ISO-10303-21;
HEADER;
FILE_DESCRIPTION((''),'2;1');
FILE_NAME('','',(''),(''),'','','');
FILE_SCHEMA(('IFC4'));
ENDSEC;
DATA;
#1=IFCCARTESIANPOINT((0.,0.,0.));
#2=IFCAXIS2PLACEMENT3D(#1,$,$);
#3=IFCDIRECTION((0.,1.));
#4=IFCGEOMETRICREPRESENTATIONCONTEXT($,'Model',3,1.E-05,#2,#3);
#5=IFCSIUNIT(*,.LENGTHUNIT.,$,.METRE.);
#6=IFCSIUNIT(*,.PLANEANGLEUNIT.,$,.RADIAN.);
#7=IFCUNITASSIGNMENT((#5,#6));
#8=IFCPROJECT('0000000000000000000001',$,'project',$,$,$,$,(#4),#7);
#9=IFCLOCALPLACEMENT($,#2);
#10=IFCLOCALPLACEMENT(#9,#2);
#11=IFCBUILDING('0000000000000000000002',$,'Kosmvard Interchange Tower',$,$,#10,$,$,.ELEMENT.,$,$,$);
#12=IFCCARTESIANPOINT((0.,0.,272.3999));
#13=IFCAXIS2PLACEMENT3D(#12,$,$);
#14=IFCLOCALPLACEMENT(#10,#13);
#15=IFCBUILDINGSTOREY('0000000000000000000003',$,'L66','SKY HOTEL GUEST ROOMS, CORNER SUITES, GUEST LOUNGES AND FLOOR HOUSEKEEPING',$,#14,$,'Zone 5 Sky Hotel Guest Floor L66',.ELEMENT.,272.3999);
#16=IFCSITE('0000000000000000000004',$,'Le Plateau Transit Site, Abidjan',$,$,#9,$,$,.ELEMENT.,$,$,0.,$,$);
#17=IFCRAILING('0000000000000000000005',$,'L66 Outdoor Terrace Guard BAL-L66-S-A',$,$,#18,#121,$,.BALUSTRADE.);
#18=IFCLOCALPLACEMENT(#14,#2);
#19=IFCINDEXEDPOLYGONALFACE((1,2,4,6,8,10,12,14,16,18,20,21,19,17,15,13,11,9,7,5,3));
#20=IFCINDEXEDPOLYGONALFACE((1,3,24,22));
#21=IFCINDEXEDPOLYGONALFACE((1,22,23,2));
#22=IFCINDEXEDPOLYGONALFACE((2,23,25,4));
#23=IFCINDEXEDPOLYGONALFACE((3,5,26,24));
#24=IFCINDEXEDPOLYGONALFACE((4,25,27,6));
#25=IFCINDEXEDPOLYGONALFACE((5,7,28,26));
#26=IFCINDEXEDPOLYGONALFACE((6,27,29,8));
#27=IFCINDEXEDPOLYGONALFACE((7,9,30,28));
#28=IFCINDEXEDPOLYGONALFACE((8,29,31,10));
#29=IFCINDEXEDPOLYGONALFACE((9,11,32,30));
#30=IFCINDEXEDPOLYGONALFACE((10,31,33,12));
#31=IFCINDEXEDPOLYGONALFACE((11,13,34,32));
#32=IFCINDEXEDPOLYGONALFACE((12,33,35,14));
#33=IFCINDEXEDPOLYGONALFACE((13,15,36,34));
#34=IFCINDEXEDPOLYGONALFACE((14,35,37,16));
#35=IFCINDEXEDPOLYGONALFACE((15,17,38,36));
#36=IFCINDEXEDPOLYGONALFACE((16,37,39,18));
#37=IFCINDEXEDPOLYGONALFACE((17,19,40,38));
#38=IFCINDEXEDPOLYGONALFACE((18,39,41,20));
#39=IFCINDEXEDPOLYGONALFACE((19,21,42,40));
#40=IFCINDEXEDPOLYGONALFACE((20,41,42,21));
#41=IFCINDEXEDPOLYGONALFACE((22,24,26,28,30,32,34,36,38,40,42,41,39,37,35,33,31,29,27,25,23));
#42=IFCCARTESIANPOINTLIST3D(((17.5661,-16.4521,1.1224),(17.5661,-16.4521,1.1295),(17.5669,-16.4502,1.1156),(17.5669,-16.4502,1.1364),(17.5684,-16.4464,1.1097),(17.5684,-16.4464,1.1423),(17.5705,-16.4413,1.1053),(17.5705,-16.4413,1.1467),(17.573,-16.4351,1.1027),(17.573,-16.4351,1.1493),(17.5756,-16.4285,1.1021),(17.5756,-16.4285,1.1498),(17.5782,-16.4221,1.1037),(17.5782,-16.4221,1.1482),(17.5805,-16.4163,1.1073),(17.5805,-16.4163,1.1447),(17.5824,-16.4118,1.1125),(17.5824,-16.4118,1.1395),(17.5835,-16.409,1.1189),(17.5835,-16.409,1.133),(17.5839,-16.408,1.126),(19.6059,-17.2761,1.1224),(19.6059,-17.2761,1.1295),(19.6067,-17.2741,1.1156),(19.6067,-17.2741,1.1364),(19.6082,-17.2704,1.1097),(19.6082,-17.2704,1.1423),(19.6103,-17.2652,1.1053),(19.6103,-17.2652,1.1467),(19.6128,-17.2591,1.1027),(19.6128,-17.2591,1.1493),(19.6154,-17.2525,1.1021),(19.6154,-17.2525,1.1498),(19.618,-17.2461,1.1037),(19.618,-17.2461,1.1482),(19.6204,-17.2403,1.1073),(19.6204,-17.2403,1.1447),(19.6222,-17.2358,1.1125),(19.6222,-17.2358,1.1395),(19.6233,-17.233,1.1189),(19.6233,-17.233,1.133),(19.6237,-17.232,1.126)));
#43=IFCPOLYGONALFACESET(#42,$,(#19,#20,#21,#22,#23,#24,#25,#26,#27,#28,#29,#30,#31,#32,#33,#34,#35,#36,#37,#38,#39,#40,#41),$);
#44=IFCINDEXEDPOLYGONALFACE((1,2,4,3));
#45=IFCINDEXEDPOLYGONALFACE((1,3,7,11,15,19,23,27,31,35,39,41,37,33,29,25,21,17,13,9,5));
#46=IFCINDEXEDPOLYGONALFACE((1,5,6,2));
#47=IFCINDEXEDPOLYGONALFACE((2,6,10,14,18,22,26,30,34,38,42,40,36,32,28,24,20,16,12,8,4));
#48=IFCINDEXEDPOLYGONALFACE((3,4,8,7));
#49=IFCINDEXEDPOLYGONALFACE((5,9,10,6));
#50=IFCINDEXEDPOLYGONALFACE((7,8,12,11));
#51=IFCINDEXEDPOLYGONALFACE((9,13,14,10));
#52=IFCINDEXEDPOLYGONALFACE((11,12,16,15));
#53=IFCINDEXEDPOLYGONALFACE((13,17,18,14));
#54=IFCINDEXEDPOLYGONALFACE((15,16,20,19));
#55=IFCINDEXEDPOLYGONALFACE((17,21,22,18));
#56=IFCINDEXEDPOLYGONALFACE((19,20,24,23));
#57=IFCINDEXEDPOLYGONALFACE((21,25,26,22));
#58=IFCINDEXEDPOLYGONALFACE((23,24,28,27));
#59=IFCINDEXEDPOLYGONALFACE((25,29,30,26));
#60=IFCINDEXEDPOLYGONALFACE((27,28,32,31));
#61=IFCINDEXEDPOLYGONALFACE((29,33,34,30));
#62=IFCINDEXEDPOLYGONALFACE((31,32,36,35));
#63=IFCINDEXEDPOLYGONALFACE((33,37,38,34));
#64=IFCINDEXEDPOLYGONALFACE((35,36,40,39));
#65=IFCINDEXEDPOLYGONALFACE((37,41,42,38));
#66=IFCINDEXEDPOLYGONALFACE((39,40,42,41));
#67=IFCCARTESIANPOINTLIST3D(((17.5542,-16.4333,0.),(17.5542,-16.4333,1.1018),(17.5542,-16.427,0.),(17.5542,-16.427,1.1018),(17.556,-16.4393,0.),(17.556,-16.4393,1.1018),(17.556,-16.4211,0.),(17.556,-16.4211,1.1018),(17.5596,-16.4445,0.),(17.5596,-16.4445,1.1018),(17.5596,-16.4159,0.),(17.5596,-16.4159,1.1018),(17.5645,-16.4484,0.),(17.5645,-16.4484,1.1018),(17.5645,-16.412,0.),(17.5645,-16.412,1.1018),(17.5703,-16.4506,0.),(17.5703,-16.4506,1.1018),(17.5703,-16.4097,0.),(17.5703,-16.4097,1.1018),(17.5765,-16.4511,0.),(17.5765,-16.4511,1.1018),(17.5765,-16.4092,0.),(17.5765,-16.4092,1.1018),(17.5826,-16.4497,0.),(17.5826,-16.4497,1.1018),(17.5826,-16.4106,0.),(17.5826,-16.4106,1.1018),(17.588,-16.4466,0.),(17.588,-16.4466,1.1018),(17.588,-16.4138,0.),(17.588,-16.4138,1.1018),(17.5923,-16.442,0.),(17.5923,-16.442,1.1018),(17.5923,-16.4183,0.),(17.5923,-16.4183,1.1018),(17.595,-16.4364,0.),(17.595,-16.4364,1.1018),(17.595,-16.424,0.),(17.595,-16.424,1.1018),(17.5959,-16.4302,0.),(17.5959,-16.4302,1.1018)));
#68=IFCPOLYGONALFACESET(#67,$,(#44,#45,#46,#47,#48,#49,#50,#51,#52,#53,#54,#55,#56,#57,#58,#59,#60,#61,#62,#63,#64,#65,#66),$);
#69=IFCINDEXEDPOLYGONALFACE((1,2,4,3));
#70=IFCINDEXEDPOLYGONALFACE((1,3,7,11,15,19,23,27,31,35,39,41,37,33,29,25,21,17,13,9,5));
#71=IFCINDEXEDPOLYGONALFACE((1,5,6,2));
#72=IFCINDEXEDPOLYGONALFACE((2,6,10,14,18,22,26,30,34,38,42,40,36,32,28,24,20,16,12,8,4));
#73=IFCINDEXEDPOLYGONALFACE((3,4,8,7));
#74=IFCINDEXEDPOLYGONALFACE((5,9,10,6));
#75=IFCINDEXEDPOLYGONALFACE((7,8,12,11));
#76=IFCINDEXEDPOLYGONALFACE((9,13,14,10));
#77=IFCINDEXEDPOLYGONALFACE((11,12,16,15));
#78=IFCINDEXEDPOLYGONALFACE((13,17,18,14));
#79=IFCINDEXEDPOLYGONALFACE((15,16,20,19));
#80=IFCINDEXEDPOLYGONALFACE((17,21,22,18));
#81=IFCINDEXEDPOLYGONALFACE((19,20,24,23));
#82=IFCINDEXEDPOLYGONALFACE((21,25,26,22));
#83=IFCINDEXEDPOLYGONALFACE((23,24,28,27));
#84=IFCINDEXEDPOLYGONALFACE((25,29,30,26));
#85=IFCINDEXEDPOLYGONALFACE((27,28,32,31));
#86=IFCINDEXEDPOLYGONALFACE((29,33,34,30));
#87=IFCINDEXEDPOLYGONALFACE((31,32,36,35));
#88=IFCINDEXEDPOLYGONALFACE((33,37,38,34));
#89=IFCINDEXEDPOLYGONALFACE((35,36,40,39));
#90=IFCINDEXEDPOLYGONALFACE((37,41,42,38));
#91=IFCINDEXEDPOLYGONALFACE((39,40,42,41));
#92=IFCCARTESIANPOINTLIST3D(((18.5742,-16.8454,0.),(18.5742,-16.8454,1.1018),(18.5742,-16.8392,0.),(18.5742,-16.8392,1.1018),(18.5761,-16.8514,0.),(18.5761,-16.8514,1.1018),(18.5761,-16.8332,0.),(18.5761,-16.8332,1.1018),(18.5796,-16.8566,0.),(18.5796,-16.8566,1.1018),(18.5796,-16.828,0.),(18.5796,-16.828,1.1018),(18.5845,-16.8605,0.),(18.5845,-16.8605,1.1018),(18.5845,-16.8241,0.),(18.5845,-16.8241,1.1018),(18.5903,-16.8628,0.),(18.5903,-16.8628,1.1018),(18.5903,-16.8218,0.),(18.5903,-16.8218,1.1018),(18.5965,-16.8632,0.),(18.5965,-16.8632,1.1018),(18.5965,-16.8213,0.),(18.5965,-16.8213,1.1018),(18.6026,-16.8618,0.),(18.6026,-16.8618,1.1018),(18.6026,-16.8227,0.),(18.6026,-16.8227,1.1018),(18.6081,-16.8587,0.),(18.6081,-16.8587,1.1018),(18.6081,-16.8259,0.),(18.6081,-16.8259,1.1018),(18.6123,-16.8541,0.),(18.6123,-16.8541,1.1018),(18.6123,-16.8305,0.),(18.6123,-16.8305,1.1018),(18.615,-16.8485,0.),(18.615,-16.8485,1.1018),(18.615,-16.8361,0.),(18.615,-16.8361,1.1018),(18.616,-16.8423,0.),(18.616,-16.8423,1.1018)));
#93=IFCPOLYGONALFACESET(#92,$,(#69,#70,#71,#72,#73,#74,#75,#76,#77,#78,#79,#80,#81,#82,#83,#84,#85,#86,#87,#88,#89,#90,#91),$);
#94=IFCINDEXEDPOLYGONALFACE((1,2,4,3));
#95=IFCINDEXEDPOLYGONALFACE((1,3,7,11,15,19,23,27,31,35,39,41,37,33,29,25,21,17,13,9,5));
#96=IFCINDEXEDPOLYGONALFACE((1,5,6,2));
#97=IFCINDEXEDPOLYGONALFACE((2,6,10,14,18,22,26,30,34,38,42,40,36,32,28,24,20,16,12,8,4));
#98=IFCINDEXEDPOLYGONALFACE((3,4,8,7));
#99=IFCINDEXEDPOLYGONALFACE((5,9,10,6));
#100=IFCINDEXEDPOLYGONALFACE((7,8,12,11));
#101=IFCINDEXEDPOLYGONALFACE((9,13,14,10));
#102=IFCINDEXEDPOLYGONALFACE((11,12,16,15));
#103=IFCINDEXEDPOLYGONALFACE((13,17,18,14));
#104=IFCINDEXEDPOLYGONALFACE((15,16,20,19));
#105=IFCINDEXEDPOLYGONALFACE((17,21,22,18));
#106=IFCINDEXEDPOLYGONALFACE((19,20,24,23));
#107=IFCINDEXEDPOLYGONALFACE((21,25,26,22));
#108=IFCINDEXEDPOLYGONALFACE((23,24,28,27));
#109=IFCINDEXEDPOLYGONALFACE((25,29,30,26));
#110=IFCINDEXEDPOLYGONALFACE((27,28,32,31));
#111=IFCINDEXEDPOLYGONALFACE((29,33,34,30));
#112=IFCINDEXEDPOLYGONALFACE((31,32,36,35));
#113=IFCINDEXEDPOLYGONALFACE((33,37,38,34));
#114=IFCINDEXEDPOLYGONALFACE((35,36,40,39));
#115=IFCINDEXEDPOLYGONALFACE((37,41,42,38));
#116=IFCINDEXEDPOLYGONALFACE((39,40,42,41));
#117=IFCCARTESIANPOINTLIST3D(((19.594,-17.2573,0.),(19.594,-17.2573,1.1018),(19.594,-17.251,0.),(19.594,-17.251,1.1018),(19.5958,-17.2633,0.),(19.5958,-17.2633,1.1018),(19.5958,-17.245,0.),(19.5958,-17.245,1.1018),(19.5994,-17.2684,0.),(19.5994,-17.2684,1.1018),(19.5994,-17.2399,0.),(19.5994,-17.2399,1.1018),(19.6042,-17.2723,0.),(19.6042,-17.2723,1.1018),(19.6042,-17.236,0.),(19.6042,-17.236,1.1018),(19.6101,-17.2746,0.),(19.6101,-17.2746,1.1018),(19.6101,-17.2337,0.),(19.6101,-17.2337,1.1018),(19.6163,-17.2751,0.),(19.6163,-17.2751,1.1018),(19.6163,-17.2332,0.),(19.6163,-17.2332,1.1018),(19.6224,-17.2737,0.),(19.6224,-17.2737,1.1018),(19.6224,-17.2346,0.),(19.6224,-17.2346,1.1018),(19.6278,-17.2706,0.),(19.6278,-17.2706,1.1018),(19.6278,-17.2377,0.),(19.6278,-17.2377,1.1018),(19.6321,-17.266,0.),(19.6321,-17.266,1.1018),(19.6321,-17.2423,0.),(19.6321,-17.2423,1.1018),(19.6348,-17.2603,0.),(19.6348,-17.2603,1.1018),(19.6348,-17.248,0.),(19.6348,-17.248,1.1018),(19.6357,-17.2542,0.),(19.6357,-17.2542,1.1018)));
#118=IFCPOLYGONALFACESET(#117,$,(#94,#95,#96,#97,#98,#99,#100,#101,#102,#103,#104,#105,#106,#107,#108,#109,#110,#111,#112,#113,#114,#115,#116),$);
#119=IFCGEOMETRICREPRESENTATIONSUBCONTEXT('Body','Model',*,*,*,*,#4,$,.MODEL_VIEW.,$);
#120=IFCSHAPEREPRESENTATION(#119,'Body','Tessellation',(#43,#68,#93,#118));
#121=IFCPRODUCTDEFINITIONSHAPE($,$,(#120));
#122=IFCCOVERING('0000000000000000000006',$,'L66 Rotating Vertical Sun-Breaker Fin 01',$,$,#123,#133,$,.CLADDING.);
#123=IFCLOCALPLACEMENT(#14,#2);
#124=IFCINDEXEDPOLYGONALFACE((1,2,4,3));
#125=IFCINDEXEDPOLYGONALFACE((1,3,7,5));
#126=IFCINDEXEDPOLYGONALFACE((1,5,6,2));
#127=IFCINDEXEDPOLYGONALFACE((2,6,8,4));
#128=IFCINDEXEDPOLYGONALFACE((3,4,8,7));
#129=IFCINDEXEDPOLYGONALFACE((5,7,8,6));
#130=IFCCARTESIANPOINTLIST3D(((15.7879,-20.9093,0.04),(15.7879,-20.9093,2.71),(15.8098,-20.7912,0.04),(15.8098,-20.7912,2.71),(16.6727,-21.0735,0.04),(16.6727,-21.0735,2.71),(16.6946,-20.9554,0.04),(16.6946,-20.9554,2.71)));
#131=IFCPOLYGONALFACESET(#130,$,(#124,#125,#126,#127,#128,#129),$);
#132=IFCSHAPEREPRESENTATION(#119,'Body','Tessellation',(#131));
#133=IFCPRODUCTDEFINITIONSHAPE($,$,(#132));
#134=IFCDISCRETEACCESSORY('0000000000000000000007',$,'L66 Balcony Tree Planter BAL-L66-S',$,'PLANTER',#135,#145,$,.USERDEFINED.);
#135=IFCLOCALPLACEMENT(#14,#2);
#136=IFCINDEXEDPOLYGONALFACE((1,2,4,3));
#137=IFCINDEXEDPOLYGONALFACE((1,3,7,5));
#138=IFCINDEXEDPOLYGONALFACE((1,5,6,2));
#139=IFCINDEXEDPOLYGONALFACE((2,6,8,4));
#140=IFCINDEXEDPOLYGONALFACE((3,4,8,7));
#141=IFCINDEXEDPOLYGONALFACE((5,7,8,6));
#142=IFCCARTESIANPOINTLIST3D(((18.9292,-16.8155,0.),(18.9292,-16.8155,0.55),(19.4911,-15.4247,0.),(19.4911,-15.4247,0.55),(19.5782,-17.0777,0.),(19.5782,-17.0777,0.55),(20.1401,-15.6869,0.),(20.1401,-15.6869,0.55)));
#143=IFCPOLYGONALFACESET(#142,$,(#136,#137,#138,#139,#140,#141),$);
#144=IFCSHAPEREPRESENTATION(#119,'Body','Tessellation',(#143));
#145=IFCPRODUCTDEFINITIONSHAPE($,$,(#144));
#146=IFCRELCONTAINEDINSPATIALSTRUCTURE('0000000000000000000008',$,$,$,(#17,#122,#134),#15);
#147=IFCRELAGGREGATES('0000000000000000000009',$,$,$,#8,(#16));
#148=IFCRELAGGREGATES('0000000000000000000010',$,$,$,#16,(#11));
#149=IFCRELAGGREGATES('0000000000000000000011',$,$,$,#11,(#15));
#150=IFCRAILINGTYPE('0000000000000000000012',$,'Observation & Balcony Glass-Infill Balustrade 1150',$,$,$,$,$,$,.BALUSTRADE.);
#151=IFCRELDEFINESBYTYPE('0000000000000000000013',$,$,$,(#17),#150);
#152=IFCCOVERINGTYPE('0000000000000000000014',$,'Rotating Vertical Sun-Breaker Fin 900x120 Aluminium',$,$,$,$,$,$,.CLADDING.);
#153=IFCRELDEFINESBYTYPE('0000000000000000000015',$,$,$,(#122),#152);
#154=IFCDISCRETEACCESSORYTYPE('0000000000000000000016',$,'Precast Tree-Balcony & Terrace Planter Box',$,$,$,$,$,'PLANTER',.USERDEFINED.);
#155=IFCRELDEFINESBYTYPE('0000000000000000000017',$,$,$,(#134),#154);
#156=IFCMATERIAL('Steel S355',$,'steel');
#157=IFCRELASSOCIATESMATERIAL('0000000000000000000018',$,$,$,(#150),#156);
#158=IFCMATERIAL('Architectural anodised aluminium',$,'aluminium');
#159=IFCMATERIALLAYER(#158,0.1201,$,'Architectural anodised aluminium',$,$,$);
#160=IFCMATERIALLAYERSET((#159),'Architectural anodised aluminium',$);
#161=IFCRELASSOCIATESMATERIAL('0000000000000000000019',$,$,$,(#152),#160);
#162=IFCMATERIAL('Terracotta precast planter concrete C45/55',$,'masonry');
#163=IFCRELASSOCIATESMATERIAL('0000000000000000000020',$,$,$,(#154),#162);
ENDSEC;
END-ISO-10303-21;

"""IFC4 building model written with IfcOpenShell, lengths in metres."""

from ifc_helpers import new_model, si_unit, direction, frame, origin, origin_2d, place, context, subcontext, project, spatial, rectangle, circle, extrude, source, transform, mapped, material, layer, layer_set, type_object, element, save


model = new_model("IFC4")

# Units and contexts
model_context = context("Model", 3, precision=1e-05, world=origin(), true_north=direction((0.0, 1.0)))
body_context = subcontext(model_context, "Body", "Model", "MODEL_VIEW")
ifc_project = project(units=[si_unit("LENGTHUNIT", "METRE"), si_unit("PLANEANGLEUNIT", "RADIAN")], contexts=[model_context])

# Site, building, storey
site_placement = place(None, origin())
site = spatial("IfcSite", under=ifc_project, at=site_placement, Name="Le Plateau Transit Site, Abidjan", CompositionType="ELEMENT", RefElevation=0.0)
building_placement = place(site_placement, origin())
building = spatial("IfcBuilding", under=site, at=building_placement, Name="Kosmvard Interchange Tower", CompositionType="ELEMENT")
storey_placement = place(building_placement, frame((0.0, 0.0, 272.3999)))
storey = spatial("IfcBuildingStorey", under=building, at=storey_placement, Name="L66", Description="SKY HOTEL GUEST ROOMS, CORNER SUITES, GUEST LOUNGES AND FLOOR HOUSEKEEPING", LongName="Zone 5 Sky Hotel Guest Floor L66", CompositionType="ELEMENT", Elevation=272.3999)

# Shared definitions
ifc_material_1 = material(Name="Steel S355", Category="steel")

# Railing
railing_type = type_object("IfcRailingType", Name="Observation & Balcony Glass-Infill Balustrade 1150", PredefinedType="BALUSTRADE", material=ifc_material_1)
shared_shape_1 = source(origin(), body_context, "Body", "SweptSolid", [
    extrude(circle(Radius=0.0239, at=origin_2d()), frame((0.0, 0.0, 1.126), z_axis=(0.927208, -0.374546, 0.0), x_axis=(0.374546, 0.927208, 0.0)), (0.0, 0.0, 1.0), 2.2),
    extrude(circle(Radius=0.021, at=origin_2d()), origin(), (0.0, 0.0, 1.0), 1.1018),
    extrude(circle(Radius=0.021, at=origin_2d()), frame((1.02, -0.4121, 0.0)), (0.0, 0.0, 1.0), 1.1018),
    extrude(circle(Radius=0.021, at=origin_2d()), frame((2.0398, -0.824, 0.0)), (0.0, 0.0, 1.0), 1.1018),
])
railing_1_placement = place(storey_placement, frame((17.575, -16.4302, 0.0)))
element("IfcRailing", 1, at=railing_1_placement, inside=storey, type_object=railing_type, Name="L66 Outdoor Terrace Guard BAL-L66-S-A", PredefinedType="BALUSTRADE", context=body_context, shape_type="MappedRepresentation", body=[
    mapped(shared_shape_1, transform((0.0, 0.0, 0.0), scale=1.0)),
])

# Covering
ifc_material_2 = material(Name="Architectural anodised aluminium", Category="aluminium")
ifc_layer_1 = layer(ifc_material_2, 0.1201, Name="Architectural anodised aluminium")
ifc_layer_set_1 = layer_set([ifc_layer_1], Name="Architectural anodised aluminium")
covering_type = type_object("IfcCoveringType", Name="Rotating Vertical Sun-Breaker Fin 900x120 Aluminium", PredefinedType="CLADDING", material=ifc_layer_set_1)
shared_shape_2 = source(origin(), body_context, "Body", "SweptSolid", [
    extrude(rectangle(XDim=0.8999, YDim=0.1201, at=origin_2d()), origin(), (0.0, 0.0, 1.0), 2.6699),
])
covering_placement = place(storey_placement, frame((16.2412, -20.9324, 0.04), z_axis=(0.0, 0.0, 1.0), x_axis=(0.983223, -0.182407, 0.0)))
element("IfcCovering", 2, at=covering_placement, inside=storey, type_object=covering_type, Name="L66 Rotating Vertical Sun-Breaker Fin 01", PredefinedType="CLADDING", context=body_context, shape_type="MappedRepresentation", body=[
    mapped(shared_shape_2, transform((0.0, 0.0, 0.0), scale=1.0)),
])

# Discrete accessory
ifc_material_3 = material(Name="Terracotta precast planter concrete C45/55", Category="masonry")
discrete_accessory_type = type_object("IfcDiscreteAccessoryType", Name="Precast Tree-Balcony & Terrace Planter Box", ElementType="PLANTER", PredefinedType="USERDEFINED", material=ifc_material_3)
shared_shape_3 = source(origin(), body_context, "Body", "SweptSolid", [
    extrude(rectangle(XDim=1.5, YDim=0.7, at=origin_2d()), origin(), (0.0, 0.0, 1.0), 0.55),
])
discrete_accessory_placement = place(storey_placement, frame((19.5347, -16.2512, 0.0), z_axis=(0.0, 0.0, 1.0), x_axis=(0.374607, 0.927184, 0.0)))
element("IfcDiscreteAccessory", 3, at=discrete_accessory_placement, inside=storey, type_object=discrete_accessory_type, Name="L66 Balcony Tree Planter BAL-L66-S", ObjectType="PLANTER", PredefinedType="USERDEFINED", context=body_context, shape_type="MappedRepresentation", body=[
    mapped(shared_shape_3, transform((0.0, 0.0, 0.0), scale=1.0)),
])

save(model, "model.ifc")
